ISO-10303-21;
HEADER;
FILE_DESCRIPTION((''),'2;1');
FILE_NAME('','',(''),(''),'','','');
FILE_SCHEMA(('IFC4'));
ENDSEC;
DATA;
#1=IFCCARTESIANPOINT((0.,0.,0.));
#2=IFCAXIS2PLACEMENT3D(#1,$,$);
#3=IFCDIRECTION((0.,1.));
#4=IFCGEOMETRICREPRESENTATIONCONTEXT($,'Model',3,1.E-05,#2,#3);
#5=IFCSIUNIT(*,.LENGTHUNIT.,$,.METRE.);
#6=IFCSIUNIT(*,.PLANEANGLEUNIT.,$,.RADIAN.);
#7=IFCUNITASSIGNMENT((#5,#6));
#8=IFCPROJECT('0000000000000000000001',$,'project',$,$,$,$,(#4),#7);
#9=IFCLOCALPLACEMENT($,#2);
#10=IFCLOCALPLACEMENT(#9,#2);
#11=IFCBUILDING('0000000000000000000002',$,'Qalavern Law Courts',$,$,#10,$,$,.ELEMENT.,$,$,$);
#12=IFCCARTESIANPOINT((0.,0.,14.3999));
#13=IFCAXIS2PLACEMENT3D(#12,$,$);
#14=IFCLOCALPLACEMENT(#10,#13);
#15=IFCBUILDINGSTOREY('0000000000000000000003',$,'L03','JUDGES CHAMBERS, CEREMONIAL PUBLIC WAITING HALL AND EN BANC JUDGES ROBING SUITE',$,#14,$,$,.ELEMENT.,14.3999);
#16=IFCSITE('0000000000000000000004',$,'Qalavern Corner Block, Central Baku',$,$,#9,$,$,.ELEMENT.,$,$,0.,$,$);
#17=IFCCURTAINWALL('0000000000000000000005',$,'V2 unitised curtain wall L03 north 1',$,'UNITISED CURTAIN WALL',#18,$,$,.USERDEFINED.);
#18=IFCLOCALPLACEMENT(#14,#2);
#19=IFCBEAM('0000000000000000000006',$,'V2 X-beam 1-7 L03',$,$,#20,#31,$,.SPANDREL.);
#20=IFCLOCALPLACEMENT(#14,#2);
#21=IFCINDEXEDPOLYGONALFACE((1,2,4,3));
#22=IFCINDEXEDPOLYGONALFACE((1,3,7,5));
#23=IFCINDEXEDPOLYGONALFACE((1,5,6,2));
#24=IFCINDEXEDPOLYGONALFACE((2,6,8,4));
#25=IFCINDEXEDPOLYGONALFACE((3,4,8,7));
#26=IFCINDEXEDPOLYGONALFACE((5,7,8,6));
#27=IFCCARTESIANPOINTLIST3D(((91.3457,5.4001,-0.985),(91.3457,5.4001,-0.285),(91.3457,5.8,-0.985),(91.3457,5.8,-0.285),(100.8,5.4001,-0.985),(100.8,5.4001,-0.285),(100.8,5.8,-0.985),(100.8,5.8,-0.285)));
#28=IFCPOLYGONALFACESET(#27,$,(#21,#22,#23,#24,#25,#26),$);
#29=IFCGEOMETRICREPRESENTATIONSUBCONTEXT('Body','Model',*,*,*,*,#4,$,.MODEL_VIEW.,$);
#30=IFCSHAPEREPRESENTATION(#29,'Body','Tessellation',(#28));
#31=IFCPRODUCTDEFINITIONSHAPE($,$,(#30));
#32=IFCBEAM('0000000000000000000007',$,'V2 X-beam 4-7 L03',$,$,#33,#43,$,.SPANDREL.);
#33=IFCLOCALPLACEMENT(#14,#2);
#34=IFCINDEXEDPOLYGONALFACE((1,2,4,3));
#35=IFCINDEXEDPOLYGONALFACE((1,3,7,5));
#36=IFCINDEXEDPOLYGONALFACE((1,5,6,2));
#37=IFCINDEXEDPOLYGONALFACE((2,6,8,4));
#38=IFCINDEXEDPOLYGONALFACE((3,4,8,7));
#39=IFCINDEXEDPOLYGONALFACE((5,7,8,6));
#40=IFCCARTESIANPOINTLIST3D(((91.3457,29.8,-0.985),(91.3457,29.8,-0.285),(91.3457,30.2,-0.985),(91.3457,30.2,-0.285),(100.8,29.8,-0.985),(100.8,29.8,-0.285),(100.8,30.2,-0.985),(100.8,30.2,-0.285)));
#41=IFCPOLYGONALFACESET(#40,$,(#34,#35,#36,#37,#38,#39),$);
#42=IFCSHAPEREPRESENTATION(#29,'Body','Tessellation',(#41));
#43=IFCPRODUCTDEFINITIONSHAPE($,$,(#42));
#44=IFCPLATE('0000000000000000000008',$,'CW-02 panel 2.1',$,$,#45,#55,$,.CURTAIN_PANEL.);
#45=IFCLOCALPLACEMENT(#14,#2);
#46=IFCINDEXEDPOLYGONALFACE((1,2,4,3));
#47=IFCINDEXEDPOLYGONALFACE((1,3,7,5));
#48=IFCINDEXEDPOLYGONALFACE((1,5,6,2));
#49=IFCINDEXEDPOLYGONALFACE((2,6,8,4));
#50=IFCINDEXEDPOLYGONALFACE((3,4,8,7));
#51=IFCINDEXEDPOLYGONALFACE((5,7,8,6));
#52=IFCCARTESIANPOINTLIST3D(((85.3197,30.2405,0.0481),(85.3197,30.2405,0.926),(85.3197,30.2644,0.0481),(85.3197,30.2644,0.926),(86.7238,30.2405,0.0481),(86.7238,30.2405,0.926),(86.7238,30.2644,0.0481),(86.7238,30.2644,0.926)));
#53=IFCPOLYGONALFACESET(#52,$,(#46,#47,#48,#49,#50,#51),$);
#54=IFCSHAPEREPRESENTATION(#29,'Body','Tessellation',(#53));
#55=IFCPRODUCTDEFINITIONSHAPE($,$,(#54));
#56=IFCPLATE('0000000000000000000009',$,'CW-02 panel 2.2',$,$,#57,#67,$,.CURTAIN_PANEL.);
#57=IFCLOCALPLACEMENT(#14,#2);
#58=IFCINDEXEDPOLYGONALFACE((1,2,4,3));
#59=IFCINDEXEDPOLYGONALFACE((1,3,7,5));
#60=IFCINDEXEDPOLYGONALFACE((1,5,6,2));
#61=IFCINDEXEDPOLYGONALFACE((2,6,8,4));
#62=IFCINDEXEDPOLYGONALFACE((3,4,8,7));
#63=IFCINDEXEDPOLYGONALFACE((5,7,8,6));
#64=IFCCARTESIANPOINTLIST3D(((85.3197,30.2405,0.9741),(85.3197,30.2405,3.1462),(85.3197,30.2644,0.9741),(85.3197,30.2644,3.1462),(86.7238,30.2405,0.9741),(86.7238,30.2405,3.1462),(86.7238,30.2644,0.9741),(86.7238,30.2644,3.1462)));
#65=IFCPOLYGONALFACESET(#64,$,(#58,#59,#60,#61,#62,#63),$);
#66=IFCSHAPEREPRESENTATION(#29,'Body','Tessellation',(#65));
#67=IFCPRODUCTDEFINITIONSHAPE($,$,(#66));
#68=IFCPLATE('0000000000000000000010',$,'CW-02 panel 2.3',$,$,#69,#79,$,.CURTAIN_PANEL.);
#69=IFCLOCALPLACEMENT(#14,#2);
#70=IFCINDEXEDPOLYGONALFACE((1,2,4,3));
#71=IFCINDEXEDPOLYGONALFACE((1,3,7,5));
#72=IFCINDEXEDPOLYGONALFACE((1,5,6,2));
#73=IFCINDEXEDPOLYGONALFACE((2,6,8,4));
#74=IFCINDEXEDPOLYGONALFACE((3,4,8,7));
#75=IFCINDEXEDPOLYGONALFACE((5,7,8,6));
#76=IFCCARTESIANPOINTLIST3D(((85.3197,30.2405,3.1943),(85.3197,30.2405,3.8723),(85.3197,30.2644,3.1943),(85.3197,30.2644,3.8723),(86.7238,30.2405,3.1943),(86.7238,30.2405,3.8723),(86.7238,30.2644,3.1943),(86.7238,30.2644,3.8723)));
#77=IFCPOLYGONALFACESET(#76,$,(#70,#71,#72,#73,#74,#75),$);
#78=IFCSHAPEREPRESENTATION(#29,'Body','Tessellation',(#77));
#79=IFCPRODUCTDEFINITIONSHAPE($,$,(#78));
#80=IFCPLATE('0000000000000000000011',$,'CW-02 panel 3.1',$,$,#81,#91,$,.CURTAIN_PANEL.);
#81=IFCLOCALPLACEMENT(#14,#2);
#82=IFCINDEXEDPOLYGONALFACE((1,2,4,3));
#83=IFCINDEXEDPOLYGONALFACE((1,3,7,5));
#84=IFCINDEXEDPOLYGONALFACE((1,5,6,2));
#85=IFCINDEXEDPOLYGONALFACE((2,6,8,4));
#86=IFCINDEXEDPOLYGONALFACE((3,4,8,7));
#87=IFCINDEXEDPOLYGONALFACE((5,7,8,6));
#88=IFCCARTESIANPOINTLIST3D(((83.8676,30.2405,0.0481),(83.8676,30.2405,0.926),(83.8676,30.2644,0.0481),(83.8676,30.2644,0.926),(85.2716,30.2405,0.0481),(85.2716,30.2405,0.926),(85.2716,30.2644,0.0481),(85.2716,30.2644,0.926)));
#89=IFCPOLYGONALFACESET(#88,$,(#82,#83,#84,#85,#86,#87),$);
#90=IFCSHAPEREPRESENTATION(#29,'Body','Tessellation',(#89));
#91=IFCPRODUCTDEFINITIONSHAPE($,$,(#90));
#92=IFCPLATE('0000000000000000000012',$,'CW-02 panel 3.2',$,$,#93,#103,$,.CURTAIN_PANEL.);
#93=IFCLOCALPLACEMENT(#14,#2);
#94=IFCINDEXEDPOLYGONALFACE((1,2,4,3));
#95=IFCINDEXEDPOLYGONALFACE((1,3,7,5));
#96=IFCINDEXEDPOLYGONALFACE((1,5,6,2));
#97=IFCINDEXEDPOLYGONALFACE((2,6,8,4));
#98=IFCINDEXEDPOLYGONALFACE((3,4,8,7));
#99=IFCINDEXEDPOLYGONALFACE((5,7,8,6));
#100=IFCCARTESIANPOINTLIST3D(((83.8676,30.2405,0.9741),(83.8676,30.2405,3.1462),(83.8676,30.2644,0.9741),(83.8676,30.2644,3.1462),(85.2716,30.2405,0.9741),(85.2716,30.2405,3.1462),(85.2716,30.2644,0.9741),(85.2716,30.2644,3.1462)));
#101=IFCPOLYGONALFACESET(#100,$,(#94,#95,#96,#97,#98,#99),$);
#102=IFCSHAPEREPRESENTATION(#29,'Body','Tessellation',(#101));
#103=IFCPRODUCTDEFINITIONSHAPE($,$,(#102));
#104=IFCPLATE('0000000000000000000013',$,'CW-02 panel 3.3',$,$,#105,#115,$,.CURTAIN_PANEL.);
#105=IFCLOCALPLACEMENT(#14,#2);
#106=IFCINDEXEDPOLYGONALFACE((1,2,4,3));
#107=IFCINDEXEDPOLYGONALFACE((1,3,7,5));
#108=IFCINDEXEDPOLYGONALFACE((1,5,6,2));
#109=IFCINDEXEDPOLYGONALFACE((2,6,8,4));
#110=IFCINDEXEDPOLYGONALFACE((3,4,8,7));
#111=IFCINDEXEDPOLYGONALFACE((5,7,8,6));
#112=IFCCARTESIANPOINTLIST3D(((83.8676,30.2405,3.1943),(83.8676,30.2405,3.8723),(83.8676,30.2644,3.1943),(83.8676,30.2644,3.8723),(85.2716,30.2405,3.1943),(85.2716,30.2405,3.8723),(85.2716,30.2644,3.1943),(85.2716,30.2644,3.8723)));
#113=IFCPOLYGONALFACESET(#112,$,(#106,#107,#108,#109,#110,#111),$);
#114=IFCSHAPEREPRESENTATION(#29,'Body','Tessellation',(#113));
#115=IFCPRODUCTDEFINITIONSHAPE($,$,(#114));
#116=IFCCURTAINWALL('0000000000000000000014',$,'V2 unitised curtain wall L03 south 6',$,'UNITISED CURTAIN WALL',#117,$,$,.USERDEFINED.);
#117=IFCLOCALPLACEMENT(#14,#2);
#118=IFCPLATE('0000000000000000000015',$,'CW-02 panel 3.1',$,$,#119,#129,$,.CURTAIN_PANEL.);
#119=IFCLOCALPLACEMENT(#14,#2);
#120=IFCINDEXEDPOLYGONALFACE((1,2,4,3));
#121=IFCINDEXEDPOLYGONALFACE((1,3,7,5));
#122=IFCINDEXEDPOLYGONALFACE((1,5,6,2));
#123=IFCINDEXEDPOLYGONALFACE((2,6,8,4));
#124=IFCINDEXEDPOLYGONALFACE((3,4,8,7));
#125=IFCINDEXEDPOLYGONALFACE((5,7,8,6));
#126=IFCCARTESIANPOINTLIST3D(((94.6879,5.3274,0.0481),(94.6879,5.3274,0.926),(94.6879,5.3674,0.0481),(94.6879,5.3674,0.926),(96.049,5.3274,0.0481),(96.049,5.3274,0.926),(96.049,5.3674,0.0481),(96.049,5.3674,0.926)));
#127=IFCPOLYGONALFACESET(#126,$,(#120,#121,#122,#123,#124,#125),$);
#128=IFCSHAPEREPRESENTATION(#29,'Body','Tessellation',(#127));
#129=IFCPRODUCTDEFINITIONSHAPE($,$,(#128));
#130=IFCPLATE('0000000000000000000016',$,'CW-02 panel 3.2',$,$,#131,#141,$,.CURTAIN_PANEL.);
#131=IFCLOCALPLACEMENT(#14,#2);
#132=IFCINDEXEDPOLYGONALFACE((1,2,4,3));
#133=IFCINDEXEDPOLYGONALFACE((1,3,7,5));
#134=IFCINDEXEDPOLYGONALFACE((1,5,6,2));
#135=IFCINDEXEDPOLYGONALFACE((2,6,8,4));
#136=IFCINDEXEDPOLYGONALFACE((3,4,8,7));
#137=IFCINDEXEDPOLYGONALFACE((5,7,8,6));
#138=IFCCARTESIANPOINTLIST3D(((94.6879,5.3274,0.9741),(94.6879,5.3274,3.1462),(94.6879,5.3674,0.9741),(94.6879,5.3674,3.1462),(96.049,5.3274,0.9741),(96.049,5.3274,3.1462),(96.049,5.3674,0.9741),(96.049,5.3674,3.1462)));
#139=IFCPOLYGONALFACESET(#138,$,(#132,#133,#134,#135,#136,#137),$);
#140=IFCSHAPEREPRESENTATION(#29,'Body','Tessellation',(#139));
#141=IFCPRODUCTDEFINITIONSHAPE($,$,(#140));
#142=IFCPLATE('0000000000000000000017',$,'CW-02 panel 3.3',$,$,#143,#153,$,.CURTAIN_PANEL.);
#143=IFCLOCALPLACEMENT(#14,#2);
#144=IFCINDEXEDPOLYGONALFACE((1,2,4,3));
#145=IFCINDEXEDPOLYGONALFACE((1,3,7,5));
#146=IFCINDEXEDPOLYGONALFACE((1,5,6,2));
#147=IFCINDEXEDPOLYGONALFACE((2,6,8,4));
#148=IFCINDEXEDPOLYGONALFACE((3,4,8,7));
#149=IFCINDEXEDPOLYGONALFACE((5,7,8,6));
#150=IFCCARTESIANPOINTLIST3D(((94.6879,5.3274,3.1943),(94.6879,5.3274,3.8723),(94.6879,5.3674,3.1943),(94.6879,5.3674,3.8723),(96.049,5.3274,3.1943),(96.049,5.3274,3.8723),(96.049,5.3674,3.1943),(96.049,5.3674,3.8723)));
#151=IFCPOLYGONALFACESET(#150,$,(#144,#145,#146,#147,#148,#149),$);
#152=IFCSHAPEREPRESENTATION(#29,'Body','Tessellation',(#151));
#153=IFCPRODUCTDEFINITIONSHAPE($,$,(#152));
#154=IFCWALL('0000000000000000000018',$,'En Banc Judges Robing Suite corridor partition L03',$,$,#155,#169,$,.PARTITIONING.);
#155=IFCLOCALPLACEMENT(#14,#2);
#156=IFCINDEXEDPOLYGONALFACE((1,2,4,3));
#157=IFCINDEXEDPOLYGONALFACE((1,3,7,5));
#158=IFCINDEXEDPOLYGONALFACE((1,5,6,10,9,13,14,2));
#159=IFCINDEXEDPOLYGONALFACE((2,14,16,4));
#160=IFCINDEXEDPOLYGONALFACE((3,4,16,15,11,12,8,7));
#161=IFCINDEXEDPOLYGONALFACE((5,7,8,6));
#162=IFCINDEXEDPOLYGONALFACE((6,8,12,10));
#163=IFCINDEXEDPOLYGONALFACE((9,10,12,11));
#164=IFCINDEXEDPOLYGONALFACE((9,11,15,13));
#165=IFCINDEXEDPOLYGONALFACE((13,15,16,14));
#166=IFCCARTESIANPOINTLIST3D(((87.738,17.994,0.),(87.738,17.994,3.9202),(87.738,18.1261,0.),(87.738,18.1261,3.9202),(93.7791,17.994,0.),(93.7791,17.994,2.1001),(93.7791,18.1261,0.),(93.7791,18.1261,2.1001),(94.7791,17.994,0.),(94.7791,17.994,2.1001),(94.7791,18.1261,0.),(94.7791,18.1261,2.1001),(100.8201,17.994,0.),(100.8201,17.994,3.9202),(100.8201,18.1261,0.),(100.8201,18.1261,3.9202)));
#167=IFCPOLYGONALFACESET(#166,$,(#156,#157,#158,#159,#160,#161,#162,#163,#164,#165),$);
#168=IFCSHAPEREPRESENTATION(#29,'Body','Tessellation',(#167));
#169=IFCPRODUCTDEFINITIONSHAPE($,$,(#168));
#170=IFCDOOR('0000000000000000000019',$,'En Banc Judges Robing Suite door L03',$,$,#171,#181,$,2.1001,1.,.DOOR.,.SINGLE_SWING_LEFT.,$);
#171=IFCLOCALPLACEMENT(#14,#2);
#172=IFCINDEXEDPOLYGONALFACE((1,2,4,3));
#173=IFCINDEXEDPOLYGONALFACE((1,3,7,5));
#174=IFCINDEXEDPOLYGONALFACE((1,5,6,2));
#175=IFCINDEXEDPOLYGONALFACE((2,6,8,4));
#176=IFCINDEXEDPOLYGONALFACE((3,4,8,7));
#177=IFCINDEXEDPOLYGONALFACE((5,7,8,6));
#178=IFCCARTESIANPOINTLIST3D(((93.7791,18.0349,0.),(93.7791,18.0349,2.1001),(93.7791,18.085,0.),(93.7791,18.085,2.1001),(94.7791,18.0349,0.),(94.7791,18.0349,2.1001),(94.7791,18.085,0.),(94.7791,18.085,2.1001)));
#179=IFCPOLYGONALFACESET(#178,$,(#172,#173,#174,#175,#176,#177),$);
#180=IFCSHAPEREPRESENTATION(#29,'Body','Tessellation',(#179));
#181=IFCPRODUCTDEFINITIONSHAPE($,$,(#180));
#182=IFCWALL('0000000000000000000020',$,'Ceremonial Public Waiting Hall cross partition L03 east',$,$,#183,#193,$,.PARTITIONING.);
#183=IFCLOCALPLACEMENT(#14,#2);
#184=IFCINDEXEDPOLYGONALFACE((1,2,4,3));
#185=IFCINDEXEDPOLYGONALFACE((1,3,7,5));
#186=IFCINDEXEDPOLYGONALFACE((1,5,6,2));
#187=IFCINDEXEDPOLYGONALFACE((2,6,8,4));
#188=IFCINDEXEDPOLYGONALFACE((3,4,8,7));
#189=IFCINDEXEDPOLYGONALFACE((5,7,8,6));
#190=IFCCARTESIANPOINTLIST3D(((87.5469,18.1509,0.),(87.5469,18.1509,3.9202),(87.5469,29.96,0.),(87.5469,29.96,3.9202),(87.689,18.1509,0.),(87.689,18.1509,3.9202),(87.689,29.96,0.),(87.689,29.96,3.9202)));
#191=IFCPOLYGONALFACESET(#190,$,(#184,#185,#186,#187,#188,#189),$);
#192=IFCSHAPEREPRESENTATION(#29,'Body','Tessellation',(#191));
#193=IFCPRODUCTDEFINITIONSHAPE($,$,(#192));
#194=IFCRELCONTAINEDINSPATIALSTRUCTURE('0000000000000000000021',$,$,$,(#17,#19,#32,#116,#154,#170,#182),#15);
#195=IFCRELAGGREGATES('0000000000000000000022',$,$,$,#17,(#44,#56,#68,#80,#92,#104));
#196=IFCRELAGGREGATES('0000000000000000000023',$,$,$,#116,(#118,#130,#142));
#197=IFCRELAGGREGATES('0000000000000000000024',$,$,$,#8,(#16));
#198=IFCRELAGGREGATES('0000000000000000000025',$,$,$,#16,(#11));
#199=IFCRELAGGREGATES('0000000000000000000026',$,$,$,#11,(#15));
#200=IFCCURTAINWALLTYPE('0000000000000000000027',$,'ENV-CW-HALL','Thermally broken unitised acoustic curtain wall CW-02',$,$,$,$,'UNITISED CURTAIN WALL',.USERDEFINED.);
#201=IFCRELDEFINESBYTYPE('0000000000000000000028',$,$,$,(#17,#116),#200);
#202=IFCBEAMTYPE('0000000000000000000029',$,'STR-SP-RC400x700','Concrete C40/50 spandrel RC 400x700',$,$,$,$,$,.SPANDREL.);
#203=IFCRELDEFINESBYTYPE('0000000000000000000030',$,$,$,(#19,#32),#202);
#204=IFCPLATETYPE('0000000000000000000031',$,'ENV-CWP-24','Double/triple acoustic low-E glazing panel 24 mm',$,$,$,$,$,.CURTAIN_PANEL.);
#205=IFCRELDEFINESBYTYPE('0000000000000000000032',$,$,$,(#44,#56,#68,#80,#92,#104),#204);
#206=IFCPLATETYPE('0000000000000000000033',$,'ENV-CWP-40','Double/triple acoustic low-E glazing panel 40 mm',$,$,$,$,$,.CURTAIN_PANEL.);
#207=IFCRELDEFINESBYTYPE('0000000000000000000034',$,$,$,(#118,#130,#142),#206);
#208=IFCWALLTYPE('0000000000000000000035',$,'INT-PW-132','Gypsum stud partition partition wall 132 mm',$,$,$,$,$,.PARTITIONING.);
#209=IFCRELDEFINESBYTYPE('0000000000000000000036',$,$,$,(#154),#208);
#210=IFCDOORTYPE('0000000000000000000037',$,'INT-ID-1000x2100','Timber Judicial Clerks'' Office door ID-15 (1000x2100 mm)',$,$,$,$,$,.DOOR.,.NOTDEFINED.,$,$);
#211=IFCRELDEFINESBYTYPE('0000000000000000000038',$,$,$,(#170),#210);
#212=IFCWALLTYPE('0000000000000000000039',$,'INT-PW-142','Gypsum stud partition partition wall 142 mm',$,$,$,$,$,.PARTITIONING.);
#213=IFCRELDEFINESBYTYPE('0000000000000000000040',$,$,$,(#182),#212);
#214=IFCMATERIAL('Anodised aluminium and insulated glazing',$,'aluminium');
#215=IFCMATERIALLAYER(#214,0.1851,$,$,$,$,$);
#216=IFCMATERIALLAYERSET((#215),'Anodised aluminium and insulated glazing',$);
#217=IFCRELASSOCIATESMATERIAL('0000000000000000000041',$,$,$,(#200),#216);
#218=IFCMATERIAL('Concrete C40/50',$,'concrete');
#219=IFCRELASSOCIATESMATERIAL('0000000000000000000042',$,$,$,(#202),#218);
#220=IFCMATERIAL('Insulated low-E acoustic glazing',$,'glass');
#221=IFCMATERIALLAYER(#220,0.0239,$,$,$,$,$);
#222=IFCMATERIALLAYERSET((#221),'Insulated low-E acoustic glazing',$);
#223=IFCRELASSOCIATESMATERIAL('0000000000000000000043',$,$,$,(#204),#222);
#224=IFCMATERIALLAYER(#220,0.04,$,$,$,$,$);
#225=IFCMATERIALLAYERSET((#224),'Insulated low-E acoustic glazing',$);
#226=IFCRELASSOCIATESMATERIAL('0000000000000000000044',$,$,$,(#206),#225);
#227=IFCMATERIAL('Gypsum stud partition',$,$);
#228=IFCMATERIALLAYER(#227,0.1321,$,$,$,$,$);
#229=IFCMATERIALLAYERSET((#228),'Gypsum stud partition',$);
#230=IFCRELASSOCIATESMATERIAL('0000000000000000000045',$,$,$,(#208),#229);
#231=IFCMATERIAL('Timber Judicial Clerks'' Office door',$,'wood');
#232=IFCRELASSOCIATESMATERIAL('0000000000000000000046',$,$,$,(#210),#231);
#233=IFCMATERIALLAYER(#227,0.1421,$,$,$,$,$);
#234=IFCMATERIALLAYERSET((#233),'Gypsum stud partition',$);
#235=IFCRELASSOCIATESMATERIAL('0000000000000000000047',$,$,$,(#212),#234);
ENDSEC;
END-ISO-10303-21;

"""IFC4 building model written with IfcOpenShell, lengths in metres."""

from ifc_helpers import new_model, si_unit, direction, frame, frame_2d, origin, origin_2d, place, context, subcontext, project, spatial, rectangle, extrude, material, layer, layer_set, material_profile, profile_set, type_object, element, fill, aggregate, save


model = new_model("IFC4")

# Units and contexts
model_context = context("Model", 3, precision=1e-05, world=origin(), true_north=direction((0.0, 1.0)))
body_context = subcontext(model_context, "Body", "Model", "MODEL_VIEW")
ifc_project = project(units=[si_unit("LENGTHUNIT", "METRE"), si_unit("PLANEANGLEUNIT", "RADIAN")], contexts=[model_context])

# Site, building, storey
site_placement = place(None, origin())
site = spatial("IfcSite", under=ifc_project, at=site_placement, Name="Qalavern Corner Block, Central Baku", CompositionType="ELEMENT", RefElevation=0.0)
building_placement = place(site_placement, origin())
building = spatial("IfcBuilding", under=site, at=building_placement, Name="Qalavern Law Courts", CompositionType="ELEMENT")
storey_placement = place(building_placement, frame((0.0, 0.0, 14.3999)))
storey = spatial("IfcBuildingStorey", under=building, at=storey_placement, Name="L03", Description="JUDGES CHAMBERS, CEREMONIAL PUBLIC WAITING HALL AND EN BANC JUDGES ROBING SUITE", CompositionType="ELEMENT", Elevation=14.3999)

# Curtain wall
ifc_material_1 = material(Name="Anodised aluminium and insulated glazing", Category="aluminium")
ifc_layer_1 = layer(ifc_material_1, 0.1851)
ifc_layer_set_1 = layer_set([ifc_layer_1], Name="Anodised aluminium and insulated glazing")
curtain_wall_type = type_object("IfcCurtainWallType", Name="ENV-CW-HALL", Description="Thermally broken unitised acoustic curtain wall CW-02", ElementType="UNITISED CURTAIN WALL", PredefinedType="USERDEFINED", material=ifc_layer_set_1)
curtain_wall_1_placement = place(storey_placement, origin())
curtain_wall_1 = element("IfcCurtainWall", 1, at=curtain_wall_1_placement, inside=storey, type_object=curtain_wall_type, Name="V2 unitised curtain wall L03 north 1", ObjectType="UNITISED CURTAIN WALL", PredefinedType="USERDEFINED")

# Beams
ifc_material_2 = material(Name="Concrete C40/50", Category="concrete")
ifc_material_profile_1 = material_profile(ifc_material_2, rectangle(XDim=0.3999, YDim=0.7, at=origin_2d()), Name="RC 400x700")
ifc_profile_set_1 = profile_set([ifc_material_profile_1], Name="Concrete C40/50")
beam_type_1 = type_object("IfcBeamType", Name="STR-SP-RC400x700", Description="Concrete C40/50 spandrel RC 400x700", PredefinedType="SPANDREL", material=ifc_profile_set_1)
for number, where, z_axis, x_axis, name in (
    (2, (91.3457, 5.6001, -0.635), (1.0, 0.0, 0.0), (0.0, 1.0, 0.0), "V2 X-beam 1-7 L03"),
    (3, (91.3457, 30.0, -0.635), (1.0, 0.0, 0.0), (0.0, 1.0, 0.0), "V2 X-beam 4-7 L03"),
):
    element("IfcBeam", number, at=place(storey_placement, frame(where, z_axis=z_axis, x_axis=x_axis)), inside=storey, type_object=beam_type_1, Name=name, PredefinedType="SPANDREL", context=body_context, shape_type="SweptSolid", body=[
        extrude(rectangle(XDim=0.3999, YDim=0.7, at=origin_2d()), origin(), (0.0, 0.0, 1.0), 9.4543),
    ])

# Plates
ifc_material_3 = material(Name="Insulated low-E acoustic glazing", Category="glass")
ifc_layer_2 = layer(ifc_material_3, 0.0239)
ifc_layer_set_2 = layer_set([ifc_layer_2], Name="Insulated low-E acoustic glazing")
plate_type_1 = type_object("IfcPlateType", Name="ENV-CWP-24", Description="Double/triple acoustic low-E glazing panel 24 mm", PredefinedType="CURTAIN_PANEL", material=ifc_layer_set_2)
plate_1_placement = place(storey_placement, frame((86.0217, 30.2524, 0.0481), z_axis=(0.0, 0.0, 1.0), x_axis=(-1.0, 0.0, 0.0)))
plate_1 = element("IfcPlate", 4, at=plate_1_placement, type_object=plate_type_1, Name="CW-02 panel 2.1", PredefinedType="CURTAIN_PANEL", context=body_context, shape_type="SweptSolid", body=[
    extrude(rectangle(XDim=1.4041, YDim=0.0239, at=origin_2d()), origin(), (0.0, 0.0, 1.0), 0.8779),
])
plate_2_placement = place(storey_placement, frame((86.0217, 30.2524, 0.9741), z_axis=(0.0, 0.0, 1.0), x_axis=(-1.0, 0.0, 0.0)))
plate_2 = element("IfcPlate", 5, at=plate_2_placement, type_object=plate_type_1, Name="CW-02 panel 2.2", PredefinedType="CURTAIN_PANEL", context=body_context, shape_type="SweptSolid", body=[
    extrude(rectangle(XDim=1.4041, YDim=0.0239, at=origin_2d()), origin(), (0.0, 0.0, 1.0), 2.1721),
])
plate_3_placement = place(storey_placement, frame((86.0217, 30.2524, 3.1943), z_axis=(0.0, 0.0, 1.0), x_axis=(-1.0, 0.0, 0.0)))
plate_3 = element("IfcPlate", 6, at=plate_3_placement, type_object=plate_type_1, Name="CW-02 panel 2.3", PredefinedType="CURTAIN_PANEL", context=body_context, shape_type="SweptSolid", body=[
    extrude(rectangle(XDim=1.4041, YDim=0.0239, at=origin_2d()), origin(), (0.0, 0.0, 1.0), 0.678),
])
plate_4_placement = place(storey_placement, frame((84.5696, 30.2524, 0.0481), z_axis=(0.0, 0.0, 1.0), x_axis=(-1.0, 0.0, 0.0)))
plate_4 = element("IfcPlate", 7, at=plate_4_placement, type_object=plate_type_1, Name="CW-02 panel 3.1", PredefinedType="CURTAIN_PANEL", context=body_context, shape_type="SweptSolid", body=[
    extrude(rectangle(XDim=1.4041, YDim=0.0239, at=origin_2d()), origin(), (0.0, 0.0, 1.0), 0.8779),
])
plate_5_placement = place(storey_placement, frame((84.5696, 30.2524, 0.9741), z_axis=(0.0, 0.0, 1.0), x_axis=(-1.0, 0.0, 0.0)))
plate_5 = element("IfcPlate", 8, at=plate_5_placement, type_object=plate_type_1, Name="CW-02 panel 3.2", PredefinedType="CURTAIN_PANEL", context=body_context, shape_type="SweptSolid", body=[
    extrude(rectangle(XDim=1.4041, YDim=0.0239, at=origin_2d()), origin(), (0.0, 0.0, 1.0), 2.1721),
])
plate_6_placement = place(storey_placement, frame((84.5696, 30.2524, 3.1943), z_axis=(0.0, 0.0, 1.0), x_axis=(-1.0, 0.0, 0.0)))
plate_6 = element("IfcPlate", 9, at=plate_6_placement, type_object=plate_type_1, Name="CW-02 panel 3.3", PredefinedType="CURTAIN_PANEL", context=body_context, shape_type="SweptSolid", body=[
    extrude(rectangle(XDim=1.4041, YDim=0.0239, at=origin_2d()), origin(), (0.0, 0.0, 1.0), 0.678),
])
aggregate(curtain_wall_1, [plate_1, plate_2, plate_3, plate_4, plate_5, plate_6])

# Curtain wall, plates
curtain_wall_2_placement = place(storey_placement, origin())
curtain_wall_2 = element("IfcCurtainWall", 10, at=curtain_wall_2_placement, inside=storey, type_object=curtain_wall_type, Name="V2 unitised curtain wall L03 south 6", ObjectType="UNITISED CURTAIN WALL", PredefinedType="USERDEFINED")
ifc_layer_3 = layer(ifc_material_3, 0.04)
ifc_layer_set_3 = layer_set([ifc_layer_3], Name="Insulated low-E acoustic glazing")
plate_type_2 = type_object("IfcPlateType", Name="ENV-CWP-40", Description="Double/triple acoustic low-E glazing panel 40 mm", PredefinedType="CURTAIN_PANEL", material=ifc_layer_set_3)
plate_7_placement = place(storey_placement, frame((95.3684, 5.3474, 0.0481), z_axis=(0.0, 0.0, 1.0), x_axis=(1.0, 0.0, 0.0)))
plate_7 = element("IfcPlate", 11, at=plate_7_placement, type_object=plate_type_2, Name="CW-02 panel 3.1", PredefinedType="CURTAIN_PANEL", context=body_context, shape_type="SweptSolid", body=[
    extrude(rectangle(XDim=1.3611, YDim=0.04, at=origin_2d()), origin(), (0.0, 0.0, 1.0), 0.8779),
])
plate_8_placement = place(storey_placement, frame((95.3684, 5.3474, 0.9741), z_axis=(0.0, 0.0, 1.0), x_axis=(1.0, 0.0, 0.0)))
plate_8 = element("IfcPlate", 12, at=plate_8_placement, type_object=plate_type_2, Name="CW-02 panel 3.2", PredefinedType="CURTAIN_PANEL", context=body_context, shape_type="SweptSolid", body=[
    extrude(rectangle(XDim=1.3611, YDim=0.04, at=origin_2d()), origin(), (0.0, 0.0, 1.0), 2.1721),
])
plate_9_placement = place(storey_placement, frame((95.3684, 5.3474, 3.1943), z_axis=(0.0, 0.0, 1.0), x_axis=(1.0, 0.0, 0.0)))
plate_9 = element("IfcPlate", 13, at=plate_9_placement, type_object=plate_type_2, Name="CW-02 panel 3.3", PredefinedType="CURTAIN_PANEL", context=body_context, shape_type="SweptSolid", body=[
    extrude(rectangle(XDim=1.3611, YDim=0.04, at=origin_2d()), origin(), (0.0, 0.0, 1.0), 0.678),
])
aggregate(curtain_wall_2, [plate_7, plate_8, plate_9])

# Wall, opening, door
ifc_material_4 = material(Name="Gypsum stud partition")
ifc_layer_4 = layer(ifc_material_4, 0.1321)
ifc_layer_set_4 = layer_set([ifc_layer_4], Name="Gypsum stud partition")
wall_type_1 = type_object("IfcWallType", Name="INT-PW-132", Description="Gypsum stud partition partition wall 132 mm", PredefinedType="PARTITIONING", material=ifc_layer_set_4)
wall_1_placement = place(storey_placement, frame((87.738, 18.0601, 0.0), z_axis=(0.0, 0.0, 1.0), x_axis=(1.0, 0.0, 0.0)))
wall_1 = element("IfcWall", 14, at=wall_1_placement, inside=storey, type_object=wall_type_1, Name="En Banc Judges Robing Suite corridor partition L03", PredefinedType="PARTITIONING", context=body_context, shape_type="SweptSolid", body=[
    extrude(rectangle(XDim=13.082, YDim=0.1321, at=frame_2d((6.541, 0.0))), origin(), (0.0, 0.0, 1.0), 3.9202),
])
opening_placement = place(wall_1_placement, frame((6.041, 0.0, 0.0)))
opening = element("IfcOpeningElement", 15, at=opening_placement, cuts=wall_1, PredefinedType="OPENING", context=body_context, shape_type="SweptSolid", body=[
    extrude(rectangle(XDim=1.0, YDim=2.1001, at=frame_2d((0.5, 1.05))), frame((0.0, 0.0811, 0.0), z_axis=(0.0, -1.0, 0.0), x_axis=(1.0, 0.0, 0.0)), (0.0, 0.0, 1.0), 0.1619),
])
ifc_material_5 = material(Name="Timber Judicial Clerks' Office door", Category="wood")
door_type = type_object("IfcDoorType", Name="INT-ID-1000x2100", Description="Timber Judicial Clerks' Office door ID-15 (1000x2100 mm)", OperationType="NOTDEFINED", PredefinedType="DOOR", material=ifc_material_5)
door_placement = place(opening_placement, origin())
door = element("IfcDoor", 16, at=door_placement, inside=storey, type_object=door_type, Name="En Banc Judges Robing Suite door L03", OperationType="SINGLE_SWING_LEFT", OverallHeight=2.1001, OverallWidth=1.0, PredefinedType="DOOR", context=body_context, shape_type="SweptSolid", body=[
    extrude(rectangle(XDim=1.0, YDim=2.1001, at=frame_2d((0.5, 1.05))), frame((0.0, 0.0249, 0.0), z_axis=(0.0, -1.0, 0.0), x_axis=(1.0, 0.0, 0.0)), (0.0, 0.0, 1.0), 0.05),
])
fill(opening, door)

# Wall
ifc_layer_5 = layer(ifc_material_4, 0.1421)
ifc_layer_set_5 = layer_set([ifc_layer_5], Name="Gypsum stud partition")
wall_type_2 = type_object("IfcWallType", Name="INT-PW-142", Description="Gypsum stud partition partition wall 142 mm", PredefinedType="PARTITIONING", material=ifc_layer_set_5)
wall_2_placement = place(storey_placement, frame((87.6179, 18.1509, 0.0), z_axis=(0.0, 0.0, 1.0), x_axis=(0.0, 1.0, 0.0)))
element("IfcWall", 17, at=wall_2_placement, inside=storey, type_object=wall_type_2, Name="Ceremonial Public Waiting Hall cross partition L03 east", PredefinedType="PARTITIONING", context=body_context, shape_type="SweptSolid", body=[
    extrude(rectangle(XDim=11.8091, YDim=0.1421, at=frame_2d((5.9045, 0.0))), origin(), (0.0, 0.0, 1.0), 3.9202),
])

save(model, "model.ifc")
